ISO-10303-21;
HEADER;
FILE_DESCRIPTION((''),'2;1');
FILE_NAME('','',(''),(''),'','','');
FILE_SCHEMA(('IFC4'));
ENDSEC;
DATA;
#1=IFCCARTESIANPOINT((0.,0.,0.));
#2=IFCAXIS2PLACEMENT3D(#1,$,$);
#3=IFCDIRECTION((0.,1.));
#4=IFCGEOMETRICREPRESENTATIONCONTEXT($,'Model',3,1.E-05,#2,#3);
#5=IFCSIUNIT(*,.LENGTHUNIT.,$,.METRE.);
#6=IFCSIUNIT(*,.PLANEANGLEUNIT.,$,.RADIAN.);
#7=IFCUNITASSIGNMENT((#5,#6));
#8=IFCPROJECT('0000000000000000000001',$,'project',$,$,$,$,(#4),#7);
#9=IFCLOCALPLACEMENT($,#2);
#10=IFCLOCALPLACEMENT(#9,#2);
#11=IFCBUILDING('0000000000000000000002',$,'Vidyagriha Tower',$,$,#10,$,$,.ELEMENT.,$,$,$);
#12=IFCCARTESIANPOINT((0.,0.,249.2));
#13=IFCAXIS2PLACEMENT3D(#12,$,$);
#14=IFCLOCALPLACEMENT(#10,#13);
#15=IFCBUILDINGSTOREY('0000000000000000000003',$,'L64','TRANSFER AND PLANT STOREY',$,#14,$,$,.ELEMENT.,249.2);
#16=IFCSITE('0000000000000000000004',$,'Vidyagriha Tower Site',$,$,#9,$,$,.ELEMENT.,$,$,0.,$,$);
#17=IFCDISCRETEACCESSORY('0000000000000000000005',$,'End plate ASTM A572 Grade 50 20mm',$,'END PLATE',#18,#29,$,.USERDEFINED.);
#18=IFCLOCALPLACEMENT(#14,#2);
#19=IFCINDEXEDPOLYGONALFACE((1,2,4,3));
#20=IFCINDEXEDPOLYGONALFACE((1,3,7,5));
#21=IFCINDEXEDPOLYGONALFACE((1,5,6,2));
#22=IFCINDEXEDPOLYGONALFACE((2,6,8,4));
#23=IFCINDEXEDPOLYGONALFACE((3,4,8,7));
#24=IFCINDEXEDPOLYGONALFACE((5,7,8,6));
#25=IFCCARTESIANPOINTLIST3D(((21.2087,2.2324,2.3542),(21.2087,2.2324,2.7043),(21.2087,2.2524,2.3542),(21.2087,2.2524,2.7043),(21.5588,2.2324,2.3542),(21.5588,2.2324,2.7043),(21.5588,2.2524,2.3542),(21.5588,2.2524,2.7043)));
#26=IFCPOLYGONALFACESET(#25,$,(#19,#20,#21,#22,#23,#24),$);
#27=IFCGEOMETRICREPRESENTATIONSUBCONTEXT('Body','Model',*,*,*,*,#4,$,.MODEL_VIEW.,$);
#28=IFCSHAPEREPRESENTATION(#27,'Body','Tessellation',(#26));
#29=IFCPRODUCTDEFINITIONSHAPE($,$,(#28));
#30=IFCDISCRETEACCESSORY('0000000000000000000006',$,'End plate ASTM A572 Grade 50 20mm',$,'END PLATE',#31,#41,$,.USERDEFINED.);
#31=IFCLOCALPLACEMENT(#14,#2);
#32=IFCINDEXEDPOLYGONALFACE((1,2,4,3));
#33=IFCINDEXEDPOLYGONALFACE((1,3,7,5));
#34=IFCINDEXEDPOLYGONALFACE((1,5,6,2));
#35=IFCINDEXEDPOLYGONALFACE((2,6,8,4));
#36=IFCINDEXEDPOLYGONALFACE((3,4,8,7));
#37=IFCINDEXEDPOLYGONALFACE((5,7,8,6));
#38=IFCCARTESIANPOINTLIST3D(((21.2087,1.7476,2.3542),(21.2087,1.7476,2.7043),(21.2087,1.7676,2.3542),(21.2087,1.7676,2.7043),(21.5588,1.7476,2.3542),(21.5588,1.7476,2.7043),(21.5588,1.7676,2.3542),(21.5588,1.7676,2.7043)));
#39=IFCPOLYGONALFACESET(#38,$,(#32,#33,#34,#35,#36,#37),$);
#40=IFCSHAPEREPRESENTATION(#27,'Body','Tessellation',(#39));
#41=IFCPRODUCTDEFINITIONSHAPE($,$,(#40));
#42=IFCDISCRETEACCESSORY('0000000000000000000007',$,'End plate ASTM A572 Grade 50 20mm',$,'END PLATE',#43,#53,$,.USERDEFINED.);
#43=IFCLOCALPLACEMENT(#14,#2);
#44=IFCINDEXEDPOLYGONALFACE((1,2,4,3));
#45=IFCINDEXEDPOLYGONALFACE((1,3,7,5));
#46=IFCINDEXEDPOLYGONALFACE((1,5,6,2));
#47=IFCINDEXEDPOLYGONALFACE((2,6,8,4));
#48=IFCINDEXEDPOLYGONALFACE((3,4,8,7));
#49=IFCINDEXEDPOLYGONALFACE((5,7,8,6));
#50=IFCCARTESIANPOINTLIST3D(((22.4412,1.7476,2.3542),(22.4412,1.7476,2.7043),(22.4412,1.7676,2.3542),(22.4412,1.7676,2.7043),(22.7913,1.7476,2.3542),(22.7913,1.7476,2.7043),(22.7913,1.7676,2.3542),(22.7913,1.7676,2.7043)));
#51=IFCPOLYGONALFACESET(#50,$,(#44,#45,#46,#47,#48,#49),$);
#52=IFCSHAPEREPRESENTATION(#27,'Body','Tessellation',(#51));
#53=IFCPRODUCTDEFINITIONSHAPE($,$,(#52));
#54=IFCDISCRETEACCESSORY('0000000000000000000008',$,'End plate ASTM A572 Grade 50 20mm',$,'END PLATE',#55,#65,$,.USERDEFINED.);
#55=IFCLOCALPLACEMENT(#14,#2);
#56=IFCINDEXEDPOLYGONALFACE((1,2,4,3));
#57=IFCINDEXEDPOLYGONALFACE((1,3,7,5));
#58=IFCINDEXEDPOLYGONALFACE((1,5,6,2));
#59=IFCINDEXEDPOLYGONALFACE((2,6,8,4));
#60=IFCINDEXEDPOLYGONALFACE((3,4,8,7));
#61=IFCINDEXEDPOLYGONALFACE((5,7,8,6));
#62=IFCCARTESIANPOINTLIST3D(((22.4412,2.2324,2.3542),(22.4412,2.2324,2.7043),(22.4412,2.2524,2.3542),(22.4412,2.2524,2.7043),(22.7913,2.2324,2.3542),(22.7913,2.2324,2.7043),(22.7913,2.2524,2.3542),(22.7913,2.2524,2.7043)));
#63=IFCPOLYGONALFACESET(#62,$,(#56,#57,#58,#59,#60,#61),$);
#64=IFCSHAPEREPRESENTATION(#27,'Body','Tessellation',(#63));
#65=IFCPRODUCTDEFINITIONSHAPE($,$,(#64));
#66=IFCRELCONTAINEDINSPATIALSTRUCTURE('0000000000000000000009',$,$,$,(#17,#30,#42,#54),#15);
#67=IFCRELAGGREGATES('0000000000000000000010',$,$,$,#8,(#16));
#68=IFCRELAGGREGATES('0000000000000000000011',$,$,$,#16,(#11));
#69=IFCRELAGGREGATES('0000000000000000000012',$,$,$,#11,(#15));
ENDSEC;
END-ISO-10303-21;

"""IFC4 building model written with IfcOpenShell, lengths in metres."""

from ifc_helpers import new_model, si_unit, direction, frame, origin, origin_2d, place, context, subcontext, project, spatial, rectangle, extrude, element, save


model = new_model("IFC4")

# Units and contexts
model_context = context("Model", 3, precision=1e-05, world=origin(), true_north=direction((0.0, 1.0)))
body_context = subcontext(model_context, "Body", "Model", "MODEL_VIEW")
ifc_project = project(units=[si_unit("LENGTHUNIT", "METRE"), si_unit("PLANEANGLEUNIT", "RADIAN")], contexts=[model_context])

# Site, building, storey
site_placement = place(None, origin())
site = spatial("IfcSite", under=ifc_project, at=site_placement, Name="Vidyagriha Tower Site", CompositionType="ELEMENT", RefElevation=0.0)
building_placement = place(site_placement, origin())
building = spatial("IfcBuilding", under=site, at=building_placement, Name="Vidyagriha Tower", CompositionType="ELEMENT")
storey_placement = place(building_placement, frame((0.0, 0.0, 249.2)))
storey = spatial("IfcBuildingStorey", under=building, at=storey_placement, Name="L64", Description="TRANSFER AND PLANT STOREY", CompositionType="ELEMENT", Elevation=249.2)

# Discrete accessories
for number, where, name in (
    (1, (21.3838, 2.2424, 2.3542), "End plate ASTM A572 Grade 50 20mm"),
    (2, (21.3838, 1.7576, 2.3542), "End plate ASTM A572 Grade 50 20mm"),
):
    element("IfcDiscreteAccessory", number, at=place(storey_placement, frame(where)), inside=storey, Name=name, ObjectType="END PLATE", PredefinedType="USERDEFINED", context=body_context, shape_type="SweptSolid", body=[
        extrude(rectangle(XDim=0.3501, YDim=0.02, at=origin_2d()), origin(), (0.0, 0.0, 1.0), 0.3501),
    ])
for number, where, z_axis, x_axis, name in (
    (3, (22.6162, 1.7576, 2.3542), (0.0, 0.0, 1.0), (-1.0, 0.0, 0.0), "End plate ASTM A572 Grade 50 20mm"),
    (4, (22.6162, 2.2424, 2.3542), (0.0, 0.0, 1.0), (-1.0, 0.0, 0.0), "End plate ASTM A572 Grade 50 20mm"),
):
    element("IfcDiscreteAccessory", number, at=place(storey_placement, frame(where, z_axis=z_axis, x_axis=x_axis)), inside=storey, Name=name, ObjectType="END PLATE", PredefinedType="USERDEFINED", context=body_context, shape_type="SweptSolid", body=[
        extrude(rectangle(XDim=0.3501, YDim=0.02, at=origin_2d()), origin(), (0.0, 0.0, 1.0), 0.3501),
    ])

save(model, "model.ifc")
